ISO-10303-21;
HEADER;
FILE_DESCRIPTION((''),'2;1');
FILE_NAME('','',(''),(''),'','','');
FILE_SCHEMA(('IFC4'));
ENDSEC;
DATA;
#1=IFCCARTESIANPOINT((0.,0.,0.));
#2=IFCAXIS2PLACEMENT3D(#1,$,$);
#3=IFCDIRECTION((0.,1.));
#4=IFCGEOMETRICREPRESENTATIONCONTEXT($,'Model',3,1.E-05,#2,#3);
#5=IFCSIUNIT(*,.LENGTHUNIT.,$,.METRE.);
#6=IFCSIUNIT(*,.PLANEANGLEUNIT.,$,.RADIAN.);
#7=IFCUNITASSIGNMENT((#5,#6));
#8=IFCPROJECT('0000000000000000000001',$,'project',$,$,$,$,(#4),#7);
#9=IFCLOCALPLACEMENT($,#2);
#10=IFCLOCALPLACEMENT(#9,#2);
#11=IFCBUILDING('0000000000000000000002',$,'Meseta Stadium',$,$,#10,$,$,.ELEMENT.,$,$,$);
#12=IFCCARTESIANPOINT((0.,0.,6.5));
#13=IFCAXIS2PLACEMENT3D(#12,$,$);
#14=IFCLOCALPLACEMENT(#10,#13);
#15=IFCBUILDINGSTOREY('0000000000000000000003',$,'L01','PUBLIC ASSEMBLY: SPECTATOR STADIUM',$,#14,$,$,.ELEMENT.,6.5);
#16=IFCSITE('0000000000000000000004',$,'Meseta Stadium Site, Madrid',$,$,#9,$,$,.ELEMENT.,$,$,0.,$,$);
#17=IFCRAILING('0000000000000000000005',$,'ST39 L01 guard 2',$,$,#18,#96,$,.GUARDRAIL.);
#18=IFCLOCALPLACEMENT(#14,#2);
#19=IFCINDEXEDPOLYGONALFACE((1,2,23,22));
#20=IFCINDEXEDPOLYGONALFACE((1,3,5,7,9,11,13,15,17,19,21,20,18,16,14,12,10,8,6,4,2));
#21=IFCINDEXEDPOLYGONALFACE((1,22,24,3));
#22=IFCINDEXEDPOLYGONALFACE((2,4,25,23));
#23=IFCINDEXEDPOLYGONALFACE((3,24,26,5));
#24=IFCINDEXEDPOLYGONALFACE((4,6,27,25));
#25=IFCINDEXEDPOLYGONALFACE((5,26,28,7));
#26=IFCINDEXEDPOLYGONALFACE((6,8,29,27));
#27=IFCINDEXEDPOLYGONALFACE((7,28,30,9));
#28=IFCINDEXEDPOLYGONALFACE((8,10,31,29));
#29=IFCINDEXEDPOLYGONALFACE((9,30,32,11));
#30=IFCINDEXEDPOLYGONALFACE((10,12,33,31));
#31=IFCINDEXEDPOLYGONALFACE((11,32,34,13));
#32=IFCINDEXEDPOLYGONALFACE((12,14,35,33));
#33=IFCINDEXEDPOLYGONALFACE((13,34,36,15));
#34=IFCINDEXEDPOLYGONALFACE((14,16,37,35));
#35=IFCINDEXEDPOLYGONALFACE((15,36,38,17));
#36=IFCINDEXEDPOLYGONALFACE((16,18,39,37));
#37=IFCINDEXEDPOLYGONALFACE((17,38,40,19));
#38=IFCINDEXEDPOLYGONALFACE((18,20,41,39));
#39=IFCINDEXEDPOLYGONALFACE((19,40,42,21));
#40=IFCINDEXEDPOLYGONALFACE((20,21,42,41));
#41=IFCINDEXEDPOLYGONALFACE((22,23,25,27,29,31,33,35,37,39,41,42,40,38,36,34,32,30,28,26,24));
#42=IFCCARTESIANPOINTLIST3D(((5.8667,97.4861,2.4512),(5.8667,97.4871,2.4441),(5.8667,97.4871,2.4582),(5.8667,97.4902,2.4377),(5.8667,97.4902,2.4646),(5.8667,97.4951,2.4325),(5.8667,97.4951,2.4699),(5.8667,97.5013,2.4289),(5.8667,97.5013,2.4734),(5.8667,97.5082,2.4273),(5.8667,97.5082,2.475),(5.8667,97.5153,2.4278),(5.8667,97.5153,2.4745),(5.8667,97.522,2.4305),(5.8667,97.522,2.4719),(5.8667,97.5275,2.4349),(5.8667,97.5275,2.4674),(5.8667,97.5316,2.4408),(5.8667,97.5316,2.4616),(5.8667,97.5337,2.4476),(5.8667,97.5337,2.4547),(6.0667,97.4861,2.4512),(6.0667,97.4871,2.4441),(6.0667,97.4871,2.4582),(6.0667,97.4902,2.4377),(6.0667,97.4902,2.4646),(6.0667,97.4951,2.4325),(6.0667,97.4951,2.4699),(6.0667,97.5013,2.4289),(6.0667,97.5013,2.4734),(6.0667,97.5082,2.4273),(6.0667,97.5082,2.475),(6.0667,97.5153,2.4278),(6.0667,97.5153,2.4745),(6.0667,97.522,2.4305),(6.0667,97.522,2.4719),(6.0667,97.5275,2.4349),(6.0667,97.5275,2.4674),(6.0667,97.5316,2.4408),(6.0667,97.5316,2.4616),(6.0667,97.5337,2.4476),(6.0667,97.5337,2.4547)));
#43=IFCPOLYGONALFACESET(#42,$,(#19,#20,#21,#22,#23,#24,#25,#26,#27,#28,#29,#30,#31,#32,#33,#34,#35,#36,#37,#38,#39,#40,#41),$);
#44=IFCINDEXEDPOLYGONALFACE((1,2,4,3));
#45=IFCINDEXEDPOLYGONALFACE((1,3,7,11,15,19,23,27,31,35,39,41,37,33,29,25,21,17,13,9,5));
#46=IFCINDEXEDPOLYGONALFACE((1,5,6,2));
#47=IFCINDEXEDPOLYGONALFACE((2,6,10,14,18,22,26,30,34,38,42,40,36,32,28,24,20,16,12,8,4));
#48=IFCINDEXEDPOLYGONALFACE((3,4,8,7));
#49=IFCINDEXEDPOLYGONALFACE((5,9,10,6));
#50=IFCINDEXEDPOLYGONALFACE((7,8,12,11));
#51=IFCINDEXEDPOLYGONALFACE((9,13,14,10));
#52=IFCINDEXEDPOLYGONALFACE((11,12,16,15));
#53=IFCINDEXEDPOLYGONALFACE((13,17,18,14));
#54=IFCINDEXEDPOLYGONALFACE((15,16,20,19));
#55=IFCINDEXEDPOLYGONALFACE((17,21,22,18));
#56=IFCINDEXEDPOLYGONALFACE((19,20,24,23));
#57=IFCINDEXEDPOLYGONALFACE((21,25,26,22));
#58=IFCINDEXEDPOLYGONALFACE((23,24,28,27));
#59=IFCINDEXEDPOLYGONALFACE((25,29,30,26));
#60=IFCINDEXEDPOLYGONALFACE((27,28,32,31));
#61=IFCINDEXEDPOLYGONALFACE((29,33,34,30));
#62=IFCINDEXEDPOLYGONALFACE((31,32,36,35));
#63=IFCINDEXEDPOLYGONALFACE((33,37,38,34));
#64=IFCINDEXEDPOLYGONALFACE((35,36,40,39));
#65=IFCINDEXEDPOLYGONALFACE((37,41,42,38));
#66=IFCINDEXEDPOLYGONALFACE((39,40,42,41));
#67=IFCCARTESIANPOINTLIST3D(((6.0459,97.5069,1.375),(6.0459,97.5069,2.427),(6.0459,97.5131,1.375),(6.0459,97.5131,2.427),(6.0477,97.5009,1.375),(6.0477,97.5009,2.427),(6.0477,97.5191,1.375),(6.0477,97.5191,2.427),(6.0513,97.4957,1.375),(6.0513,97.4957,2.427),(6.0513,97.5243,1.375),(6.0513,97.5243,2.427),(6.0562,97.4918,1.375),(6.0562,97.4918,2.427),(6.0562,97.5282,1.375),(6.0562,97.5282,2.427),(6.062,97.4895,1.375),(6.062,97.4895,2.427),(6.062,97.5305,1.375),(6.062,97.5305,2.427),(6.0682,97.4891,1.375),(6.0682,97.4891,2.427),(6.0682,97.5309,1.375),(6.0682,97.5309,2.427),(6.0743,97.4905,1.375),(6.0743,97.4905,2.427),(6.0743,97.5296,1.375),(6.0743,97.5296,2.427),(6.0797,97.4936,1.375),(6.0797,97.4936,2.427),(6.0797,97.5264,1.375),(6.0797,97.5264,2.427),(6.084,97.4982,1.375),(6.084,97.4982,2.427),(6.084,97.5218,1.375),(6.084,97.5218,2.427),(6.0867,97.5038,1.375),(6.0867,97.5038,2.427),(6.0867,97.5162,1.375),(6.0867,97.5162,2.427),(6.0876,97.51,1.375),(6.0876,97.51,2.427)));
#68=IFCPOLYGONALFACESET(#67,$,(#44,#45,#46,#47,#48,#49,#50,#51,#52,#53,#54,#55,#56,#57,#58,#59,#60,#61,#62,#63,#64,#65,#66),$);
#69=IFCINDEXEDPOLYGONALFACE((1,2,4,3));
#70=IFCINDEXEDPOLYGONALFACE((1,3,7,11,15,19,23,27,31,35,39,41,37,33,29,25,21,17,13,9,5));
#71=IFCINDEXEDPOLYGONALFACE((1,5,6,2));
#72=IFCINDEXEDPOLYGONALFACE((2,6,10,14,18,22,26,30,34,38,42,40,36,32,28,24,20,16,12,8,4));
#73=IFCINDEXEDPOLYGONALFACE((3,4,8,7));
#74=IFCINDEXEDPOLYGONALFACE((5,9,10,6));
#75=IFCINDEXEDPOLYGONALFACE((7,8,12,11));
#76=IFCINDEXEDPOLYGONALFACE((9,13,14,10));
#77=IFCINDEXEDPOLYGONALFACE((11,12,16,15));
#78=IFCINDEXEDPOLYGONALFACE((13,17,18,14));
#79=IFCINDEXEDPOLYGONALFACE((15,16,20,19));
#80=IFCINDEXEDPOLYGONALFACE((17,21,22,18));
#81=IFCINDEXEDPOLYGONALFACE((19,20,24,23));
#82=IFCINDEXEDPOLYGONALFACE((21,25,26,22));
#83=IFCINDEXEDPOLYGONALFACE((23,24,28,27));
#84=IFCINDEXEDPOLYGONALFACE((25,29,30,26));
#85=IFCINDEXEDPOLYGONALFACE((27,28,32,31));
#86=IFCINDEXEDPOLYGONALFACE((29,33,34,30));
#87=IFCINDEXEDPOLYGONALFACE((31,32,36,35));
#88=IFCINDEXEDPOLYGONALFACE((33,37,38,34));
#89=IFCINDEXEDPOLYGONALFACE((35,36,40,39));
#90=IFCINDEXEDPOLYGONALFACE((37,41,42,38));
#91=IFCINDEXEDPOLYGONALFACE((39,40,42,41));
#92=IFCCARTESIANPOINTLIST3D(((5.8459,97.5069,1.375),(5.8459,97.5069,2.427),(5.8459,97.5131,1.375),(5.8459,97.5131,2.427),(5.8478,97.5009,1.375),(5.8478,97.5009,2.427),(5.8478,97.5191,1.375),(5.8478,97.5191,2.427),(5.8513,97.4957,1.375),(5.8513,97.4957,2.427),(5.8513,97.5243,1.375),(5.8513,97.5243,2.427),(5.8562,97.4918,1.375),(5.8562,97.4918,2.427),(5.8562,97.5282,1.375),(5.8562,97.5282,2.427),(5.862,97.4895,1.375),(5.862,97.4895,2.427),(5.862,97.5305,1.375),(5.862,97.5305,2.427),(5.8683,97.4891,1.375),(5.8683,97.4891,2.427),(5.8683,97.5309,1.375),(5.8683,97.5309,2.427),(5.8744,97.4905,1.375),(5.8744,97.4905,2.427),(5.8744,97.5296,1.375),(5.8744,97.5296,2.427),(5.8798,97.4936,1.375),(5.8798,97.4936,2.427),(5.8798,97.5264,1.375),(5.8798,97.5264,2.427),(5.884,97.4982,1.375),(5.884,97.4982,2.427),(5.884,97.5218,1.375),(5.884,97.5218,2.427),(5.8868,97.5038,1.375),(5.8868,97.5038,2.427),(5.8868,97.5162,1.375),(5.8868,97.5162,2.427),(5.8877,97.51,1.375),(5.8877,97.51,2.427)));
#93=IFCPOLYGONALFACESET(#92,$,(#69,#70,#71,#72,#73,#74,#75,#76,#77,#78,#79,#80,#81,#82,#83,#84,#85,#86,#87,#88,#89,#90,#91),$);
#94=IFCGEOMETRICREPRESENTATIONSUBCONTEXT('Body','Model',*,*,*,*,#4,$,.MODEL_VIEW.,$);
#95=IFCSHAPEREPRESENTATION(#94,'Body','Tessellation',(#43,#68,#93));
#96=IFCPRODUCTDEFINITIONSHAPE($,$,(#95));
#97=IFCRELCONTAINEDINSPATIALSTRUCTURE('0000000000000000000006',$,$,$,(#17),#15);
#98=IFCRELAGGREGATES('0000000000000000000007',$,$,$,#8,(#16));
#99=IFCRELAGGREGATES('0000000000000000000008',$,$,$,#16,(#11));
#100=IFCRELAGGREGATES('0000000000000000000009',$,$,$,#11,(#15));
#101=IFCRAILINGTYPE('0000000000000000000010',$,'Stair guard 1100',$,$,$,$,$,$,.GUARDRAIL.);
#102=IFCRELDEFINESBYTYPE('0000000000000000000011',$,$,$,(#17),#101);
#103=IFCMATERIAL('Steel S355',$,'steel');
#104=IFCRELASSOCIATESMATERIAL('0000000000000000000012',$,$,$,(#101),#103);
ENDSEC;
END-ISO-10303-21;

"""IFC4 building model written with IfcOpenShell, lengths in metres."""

from ifc_helpers import new_model, si_unit, direction, frame, origin, origin_2d, place, context, subcontext, project, spatial, circle, extrude, material, type_object, element, save


model = new_model("IFC4")

# Units and contexts
model_context = context("Model", 3, precision=1e-05, world=origin(), true_north=direction((0.0, 1.0)))
body_context = subcontext(model_context, "Body", "Model", "MODEL_VIEW")
ifc_project = project(units=[si_unit("LENGTHUNIT", "METRE"), si_unit("PLANEANGLEUNIT", "RADIAN")], contexts=[model_context])

# Site, building, storey
site_placement = place(None, origin())
site = spatial("IfcSite", under=ifc_project, at=site_placement, Name="Meseta Stadium Site, Madrid", CompositionType="ELEMENT", RefElevation=0.0)
building_placement = place(site_placement, origin())
building = spatial("IfcBuilding", under=site, at=building_placement, Name="Meseta Stadium", CompositionType="ELEMENT")
storey_placement = place(building_placement, frame((0.0, 0.0, 6.5)))
storey = spatial("IfcBuildingStorey", under=building, at=storey_placement, Name="L01", Description="PUBLIC ASSEMBLY: SPECTATOR STADIUM", CompositionType="ELEMENT", Elevation=6.5)

# Railing
ifc_material_1 = material(Name="Steel S355", Category="steel")
railing_type_1 = type_object("IfcRailingType", Name="Stair guard 1100", PredefinedType="GUARDRAIL", material=ifc_material_1)
railing_1_placement = place(storey_placement, frame((6.0667, 97.51, 1.375)))
element("IfcRailing", 1, at=railing_1_placement, inside=storey, type_object=railing_type_1, Name="ST39 L01 guard 2", PredefinedType="GUARDRAIL", context=body_context, shape_type="SweptSolid", body=[
    extrude(circle(Radius=0.0239, at=origin_2d()), frame((0.0, 0.0, 1.0762), z_axis=(-1.0, 0.0, 0.0), x_axis=(0.0, -1.0, 0.0)), (0.0, 0.0, 1.0), 0.2),
    extrude(circle(Radius=0.021, at=origin_2d()), origin(), (0.0, 0.0, 1.0), 1.052),
    extrude(circle(Radius=0.021, at=origin_2d()), frame((-0.2, 0.0, 0.0)), (0.0, 0.0, 1.0), 1.052),
])

save(model, "model.ifc")
